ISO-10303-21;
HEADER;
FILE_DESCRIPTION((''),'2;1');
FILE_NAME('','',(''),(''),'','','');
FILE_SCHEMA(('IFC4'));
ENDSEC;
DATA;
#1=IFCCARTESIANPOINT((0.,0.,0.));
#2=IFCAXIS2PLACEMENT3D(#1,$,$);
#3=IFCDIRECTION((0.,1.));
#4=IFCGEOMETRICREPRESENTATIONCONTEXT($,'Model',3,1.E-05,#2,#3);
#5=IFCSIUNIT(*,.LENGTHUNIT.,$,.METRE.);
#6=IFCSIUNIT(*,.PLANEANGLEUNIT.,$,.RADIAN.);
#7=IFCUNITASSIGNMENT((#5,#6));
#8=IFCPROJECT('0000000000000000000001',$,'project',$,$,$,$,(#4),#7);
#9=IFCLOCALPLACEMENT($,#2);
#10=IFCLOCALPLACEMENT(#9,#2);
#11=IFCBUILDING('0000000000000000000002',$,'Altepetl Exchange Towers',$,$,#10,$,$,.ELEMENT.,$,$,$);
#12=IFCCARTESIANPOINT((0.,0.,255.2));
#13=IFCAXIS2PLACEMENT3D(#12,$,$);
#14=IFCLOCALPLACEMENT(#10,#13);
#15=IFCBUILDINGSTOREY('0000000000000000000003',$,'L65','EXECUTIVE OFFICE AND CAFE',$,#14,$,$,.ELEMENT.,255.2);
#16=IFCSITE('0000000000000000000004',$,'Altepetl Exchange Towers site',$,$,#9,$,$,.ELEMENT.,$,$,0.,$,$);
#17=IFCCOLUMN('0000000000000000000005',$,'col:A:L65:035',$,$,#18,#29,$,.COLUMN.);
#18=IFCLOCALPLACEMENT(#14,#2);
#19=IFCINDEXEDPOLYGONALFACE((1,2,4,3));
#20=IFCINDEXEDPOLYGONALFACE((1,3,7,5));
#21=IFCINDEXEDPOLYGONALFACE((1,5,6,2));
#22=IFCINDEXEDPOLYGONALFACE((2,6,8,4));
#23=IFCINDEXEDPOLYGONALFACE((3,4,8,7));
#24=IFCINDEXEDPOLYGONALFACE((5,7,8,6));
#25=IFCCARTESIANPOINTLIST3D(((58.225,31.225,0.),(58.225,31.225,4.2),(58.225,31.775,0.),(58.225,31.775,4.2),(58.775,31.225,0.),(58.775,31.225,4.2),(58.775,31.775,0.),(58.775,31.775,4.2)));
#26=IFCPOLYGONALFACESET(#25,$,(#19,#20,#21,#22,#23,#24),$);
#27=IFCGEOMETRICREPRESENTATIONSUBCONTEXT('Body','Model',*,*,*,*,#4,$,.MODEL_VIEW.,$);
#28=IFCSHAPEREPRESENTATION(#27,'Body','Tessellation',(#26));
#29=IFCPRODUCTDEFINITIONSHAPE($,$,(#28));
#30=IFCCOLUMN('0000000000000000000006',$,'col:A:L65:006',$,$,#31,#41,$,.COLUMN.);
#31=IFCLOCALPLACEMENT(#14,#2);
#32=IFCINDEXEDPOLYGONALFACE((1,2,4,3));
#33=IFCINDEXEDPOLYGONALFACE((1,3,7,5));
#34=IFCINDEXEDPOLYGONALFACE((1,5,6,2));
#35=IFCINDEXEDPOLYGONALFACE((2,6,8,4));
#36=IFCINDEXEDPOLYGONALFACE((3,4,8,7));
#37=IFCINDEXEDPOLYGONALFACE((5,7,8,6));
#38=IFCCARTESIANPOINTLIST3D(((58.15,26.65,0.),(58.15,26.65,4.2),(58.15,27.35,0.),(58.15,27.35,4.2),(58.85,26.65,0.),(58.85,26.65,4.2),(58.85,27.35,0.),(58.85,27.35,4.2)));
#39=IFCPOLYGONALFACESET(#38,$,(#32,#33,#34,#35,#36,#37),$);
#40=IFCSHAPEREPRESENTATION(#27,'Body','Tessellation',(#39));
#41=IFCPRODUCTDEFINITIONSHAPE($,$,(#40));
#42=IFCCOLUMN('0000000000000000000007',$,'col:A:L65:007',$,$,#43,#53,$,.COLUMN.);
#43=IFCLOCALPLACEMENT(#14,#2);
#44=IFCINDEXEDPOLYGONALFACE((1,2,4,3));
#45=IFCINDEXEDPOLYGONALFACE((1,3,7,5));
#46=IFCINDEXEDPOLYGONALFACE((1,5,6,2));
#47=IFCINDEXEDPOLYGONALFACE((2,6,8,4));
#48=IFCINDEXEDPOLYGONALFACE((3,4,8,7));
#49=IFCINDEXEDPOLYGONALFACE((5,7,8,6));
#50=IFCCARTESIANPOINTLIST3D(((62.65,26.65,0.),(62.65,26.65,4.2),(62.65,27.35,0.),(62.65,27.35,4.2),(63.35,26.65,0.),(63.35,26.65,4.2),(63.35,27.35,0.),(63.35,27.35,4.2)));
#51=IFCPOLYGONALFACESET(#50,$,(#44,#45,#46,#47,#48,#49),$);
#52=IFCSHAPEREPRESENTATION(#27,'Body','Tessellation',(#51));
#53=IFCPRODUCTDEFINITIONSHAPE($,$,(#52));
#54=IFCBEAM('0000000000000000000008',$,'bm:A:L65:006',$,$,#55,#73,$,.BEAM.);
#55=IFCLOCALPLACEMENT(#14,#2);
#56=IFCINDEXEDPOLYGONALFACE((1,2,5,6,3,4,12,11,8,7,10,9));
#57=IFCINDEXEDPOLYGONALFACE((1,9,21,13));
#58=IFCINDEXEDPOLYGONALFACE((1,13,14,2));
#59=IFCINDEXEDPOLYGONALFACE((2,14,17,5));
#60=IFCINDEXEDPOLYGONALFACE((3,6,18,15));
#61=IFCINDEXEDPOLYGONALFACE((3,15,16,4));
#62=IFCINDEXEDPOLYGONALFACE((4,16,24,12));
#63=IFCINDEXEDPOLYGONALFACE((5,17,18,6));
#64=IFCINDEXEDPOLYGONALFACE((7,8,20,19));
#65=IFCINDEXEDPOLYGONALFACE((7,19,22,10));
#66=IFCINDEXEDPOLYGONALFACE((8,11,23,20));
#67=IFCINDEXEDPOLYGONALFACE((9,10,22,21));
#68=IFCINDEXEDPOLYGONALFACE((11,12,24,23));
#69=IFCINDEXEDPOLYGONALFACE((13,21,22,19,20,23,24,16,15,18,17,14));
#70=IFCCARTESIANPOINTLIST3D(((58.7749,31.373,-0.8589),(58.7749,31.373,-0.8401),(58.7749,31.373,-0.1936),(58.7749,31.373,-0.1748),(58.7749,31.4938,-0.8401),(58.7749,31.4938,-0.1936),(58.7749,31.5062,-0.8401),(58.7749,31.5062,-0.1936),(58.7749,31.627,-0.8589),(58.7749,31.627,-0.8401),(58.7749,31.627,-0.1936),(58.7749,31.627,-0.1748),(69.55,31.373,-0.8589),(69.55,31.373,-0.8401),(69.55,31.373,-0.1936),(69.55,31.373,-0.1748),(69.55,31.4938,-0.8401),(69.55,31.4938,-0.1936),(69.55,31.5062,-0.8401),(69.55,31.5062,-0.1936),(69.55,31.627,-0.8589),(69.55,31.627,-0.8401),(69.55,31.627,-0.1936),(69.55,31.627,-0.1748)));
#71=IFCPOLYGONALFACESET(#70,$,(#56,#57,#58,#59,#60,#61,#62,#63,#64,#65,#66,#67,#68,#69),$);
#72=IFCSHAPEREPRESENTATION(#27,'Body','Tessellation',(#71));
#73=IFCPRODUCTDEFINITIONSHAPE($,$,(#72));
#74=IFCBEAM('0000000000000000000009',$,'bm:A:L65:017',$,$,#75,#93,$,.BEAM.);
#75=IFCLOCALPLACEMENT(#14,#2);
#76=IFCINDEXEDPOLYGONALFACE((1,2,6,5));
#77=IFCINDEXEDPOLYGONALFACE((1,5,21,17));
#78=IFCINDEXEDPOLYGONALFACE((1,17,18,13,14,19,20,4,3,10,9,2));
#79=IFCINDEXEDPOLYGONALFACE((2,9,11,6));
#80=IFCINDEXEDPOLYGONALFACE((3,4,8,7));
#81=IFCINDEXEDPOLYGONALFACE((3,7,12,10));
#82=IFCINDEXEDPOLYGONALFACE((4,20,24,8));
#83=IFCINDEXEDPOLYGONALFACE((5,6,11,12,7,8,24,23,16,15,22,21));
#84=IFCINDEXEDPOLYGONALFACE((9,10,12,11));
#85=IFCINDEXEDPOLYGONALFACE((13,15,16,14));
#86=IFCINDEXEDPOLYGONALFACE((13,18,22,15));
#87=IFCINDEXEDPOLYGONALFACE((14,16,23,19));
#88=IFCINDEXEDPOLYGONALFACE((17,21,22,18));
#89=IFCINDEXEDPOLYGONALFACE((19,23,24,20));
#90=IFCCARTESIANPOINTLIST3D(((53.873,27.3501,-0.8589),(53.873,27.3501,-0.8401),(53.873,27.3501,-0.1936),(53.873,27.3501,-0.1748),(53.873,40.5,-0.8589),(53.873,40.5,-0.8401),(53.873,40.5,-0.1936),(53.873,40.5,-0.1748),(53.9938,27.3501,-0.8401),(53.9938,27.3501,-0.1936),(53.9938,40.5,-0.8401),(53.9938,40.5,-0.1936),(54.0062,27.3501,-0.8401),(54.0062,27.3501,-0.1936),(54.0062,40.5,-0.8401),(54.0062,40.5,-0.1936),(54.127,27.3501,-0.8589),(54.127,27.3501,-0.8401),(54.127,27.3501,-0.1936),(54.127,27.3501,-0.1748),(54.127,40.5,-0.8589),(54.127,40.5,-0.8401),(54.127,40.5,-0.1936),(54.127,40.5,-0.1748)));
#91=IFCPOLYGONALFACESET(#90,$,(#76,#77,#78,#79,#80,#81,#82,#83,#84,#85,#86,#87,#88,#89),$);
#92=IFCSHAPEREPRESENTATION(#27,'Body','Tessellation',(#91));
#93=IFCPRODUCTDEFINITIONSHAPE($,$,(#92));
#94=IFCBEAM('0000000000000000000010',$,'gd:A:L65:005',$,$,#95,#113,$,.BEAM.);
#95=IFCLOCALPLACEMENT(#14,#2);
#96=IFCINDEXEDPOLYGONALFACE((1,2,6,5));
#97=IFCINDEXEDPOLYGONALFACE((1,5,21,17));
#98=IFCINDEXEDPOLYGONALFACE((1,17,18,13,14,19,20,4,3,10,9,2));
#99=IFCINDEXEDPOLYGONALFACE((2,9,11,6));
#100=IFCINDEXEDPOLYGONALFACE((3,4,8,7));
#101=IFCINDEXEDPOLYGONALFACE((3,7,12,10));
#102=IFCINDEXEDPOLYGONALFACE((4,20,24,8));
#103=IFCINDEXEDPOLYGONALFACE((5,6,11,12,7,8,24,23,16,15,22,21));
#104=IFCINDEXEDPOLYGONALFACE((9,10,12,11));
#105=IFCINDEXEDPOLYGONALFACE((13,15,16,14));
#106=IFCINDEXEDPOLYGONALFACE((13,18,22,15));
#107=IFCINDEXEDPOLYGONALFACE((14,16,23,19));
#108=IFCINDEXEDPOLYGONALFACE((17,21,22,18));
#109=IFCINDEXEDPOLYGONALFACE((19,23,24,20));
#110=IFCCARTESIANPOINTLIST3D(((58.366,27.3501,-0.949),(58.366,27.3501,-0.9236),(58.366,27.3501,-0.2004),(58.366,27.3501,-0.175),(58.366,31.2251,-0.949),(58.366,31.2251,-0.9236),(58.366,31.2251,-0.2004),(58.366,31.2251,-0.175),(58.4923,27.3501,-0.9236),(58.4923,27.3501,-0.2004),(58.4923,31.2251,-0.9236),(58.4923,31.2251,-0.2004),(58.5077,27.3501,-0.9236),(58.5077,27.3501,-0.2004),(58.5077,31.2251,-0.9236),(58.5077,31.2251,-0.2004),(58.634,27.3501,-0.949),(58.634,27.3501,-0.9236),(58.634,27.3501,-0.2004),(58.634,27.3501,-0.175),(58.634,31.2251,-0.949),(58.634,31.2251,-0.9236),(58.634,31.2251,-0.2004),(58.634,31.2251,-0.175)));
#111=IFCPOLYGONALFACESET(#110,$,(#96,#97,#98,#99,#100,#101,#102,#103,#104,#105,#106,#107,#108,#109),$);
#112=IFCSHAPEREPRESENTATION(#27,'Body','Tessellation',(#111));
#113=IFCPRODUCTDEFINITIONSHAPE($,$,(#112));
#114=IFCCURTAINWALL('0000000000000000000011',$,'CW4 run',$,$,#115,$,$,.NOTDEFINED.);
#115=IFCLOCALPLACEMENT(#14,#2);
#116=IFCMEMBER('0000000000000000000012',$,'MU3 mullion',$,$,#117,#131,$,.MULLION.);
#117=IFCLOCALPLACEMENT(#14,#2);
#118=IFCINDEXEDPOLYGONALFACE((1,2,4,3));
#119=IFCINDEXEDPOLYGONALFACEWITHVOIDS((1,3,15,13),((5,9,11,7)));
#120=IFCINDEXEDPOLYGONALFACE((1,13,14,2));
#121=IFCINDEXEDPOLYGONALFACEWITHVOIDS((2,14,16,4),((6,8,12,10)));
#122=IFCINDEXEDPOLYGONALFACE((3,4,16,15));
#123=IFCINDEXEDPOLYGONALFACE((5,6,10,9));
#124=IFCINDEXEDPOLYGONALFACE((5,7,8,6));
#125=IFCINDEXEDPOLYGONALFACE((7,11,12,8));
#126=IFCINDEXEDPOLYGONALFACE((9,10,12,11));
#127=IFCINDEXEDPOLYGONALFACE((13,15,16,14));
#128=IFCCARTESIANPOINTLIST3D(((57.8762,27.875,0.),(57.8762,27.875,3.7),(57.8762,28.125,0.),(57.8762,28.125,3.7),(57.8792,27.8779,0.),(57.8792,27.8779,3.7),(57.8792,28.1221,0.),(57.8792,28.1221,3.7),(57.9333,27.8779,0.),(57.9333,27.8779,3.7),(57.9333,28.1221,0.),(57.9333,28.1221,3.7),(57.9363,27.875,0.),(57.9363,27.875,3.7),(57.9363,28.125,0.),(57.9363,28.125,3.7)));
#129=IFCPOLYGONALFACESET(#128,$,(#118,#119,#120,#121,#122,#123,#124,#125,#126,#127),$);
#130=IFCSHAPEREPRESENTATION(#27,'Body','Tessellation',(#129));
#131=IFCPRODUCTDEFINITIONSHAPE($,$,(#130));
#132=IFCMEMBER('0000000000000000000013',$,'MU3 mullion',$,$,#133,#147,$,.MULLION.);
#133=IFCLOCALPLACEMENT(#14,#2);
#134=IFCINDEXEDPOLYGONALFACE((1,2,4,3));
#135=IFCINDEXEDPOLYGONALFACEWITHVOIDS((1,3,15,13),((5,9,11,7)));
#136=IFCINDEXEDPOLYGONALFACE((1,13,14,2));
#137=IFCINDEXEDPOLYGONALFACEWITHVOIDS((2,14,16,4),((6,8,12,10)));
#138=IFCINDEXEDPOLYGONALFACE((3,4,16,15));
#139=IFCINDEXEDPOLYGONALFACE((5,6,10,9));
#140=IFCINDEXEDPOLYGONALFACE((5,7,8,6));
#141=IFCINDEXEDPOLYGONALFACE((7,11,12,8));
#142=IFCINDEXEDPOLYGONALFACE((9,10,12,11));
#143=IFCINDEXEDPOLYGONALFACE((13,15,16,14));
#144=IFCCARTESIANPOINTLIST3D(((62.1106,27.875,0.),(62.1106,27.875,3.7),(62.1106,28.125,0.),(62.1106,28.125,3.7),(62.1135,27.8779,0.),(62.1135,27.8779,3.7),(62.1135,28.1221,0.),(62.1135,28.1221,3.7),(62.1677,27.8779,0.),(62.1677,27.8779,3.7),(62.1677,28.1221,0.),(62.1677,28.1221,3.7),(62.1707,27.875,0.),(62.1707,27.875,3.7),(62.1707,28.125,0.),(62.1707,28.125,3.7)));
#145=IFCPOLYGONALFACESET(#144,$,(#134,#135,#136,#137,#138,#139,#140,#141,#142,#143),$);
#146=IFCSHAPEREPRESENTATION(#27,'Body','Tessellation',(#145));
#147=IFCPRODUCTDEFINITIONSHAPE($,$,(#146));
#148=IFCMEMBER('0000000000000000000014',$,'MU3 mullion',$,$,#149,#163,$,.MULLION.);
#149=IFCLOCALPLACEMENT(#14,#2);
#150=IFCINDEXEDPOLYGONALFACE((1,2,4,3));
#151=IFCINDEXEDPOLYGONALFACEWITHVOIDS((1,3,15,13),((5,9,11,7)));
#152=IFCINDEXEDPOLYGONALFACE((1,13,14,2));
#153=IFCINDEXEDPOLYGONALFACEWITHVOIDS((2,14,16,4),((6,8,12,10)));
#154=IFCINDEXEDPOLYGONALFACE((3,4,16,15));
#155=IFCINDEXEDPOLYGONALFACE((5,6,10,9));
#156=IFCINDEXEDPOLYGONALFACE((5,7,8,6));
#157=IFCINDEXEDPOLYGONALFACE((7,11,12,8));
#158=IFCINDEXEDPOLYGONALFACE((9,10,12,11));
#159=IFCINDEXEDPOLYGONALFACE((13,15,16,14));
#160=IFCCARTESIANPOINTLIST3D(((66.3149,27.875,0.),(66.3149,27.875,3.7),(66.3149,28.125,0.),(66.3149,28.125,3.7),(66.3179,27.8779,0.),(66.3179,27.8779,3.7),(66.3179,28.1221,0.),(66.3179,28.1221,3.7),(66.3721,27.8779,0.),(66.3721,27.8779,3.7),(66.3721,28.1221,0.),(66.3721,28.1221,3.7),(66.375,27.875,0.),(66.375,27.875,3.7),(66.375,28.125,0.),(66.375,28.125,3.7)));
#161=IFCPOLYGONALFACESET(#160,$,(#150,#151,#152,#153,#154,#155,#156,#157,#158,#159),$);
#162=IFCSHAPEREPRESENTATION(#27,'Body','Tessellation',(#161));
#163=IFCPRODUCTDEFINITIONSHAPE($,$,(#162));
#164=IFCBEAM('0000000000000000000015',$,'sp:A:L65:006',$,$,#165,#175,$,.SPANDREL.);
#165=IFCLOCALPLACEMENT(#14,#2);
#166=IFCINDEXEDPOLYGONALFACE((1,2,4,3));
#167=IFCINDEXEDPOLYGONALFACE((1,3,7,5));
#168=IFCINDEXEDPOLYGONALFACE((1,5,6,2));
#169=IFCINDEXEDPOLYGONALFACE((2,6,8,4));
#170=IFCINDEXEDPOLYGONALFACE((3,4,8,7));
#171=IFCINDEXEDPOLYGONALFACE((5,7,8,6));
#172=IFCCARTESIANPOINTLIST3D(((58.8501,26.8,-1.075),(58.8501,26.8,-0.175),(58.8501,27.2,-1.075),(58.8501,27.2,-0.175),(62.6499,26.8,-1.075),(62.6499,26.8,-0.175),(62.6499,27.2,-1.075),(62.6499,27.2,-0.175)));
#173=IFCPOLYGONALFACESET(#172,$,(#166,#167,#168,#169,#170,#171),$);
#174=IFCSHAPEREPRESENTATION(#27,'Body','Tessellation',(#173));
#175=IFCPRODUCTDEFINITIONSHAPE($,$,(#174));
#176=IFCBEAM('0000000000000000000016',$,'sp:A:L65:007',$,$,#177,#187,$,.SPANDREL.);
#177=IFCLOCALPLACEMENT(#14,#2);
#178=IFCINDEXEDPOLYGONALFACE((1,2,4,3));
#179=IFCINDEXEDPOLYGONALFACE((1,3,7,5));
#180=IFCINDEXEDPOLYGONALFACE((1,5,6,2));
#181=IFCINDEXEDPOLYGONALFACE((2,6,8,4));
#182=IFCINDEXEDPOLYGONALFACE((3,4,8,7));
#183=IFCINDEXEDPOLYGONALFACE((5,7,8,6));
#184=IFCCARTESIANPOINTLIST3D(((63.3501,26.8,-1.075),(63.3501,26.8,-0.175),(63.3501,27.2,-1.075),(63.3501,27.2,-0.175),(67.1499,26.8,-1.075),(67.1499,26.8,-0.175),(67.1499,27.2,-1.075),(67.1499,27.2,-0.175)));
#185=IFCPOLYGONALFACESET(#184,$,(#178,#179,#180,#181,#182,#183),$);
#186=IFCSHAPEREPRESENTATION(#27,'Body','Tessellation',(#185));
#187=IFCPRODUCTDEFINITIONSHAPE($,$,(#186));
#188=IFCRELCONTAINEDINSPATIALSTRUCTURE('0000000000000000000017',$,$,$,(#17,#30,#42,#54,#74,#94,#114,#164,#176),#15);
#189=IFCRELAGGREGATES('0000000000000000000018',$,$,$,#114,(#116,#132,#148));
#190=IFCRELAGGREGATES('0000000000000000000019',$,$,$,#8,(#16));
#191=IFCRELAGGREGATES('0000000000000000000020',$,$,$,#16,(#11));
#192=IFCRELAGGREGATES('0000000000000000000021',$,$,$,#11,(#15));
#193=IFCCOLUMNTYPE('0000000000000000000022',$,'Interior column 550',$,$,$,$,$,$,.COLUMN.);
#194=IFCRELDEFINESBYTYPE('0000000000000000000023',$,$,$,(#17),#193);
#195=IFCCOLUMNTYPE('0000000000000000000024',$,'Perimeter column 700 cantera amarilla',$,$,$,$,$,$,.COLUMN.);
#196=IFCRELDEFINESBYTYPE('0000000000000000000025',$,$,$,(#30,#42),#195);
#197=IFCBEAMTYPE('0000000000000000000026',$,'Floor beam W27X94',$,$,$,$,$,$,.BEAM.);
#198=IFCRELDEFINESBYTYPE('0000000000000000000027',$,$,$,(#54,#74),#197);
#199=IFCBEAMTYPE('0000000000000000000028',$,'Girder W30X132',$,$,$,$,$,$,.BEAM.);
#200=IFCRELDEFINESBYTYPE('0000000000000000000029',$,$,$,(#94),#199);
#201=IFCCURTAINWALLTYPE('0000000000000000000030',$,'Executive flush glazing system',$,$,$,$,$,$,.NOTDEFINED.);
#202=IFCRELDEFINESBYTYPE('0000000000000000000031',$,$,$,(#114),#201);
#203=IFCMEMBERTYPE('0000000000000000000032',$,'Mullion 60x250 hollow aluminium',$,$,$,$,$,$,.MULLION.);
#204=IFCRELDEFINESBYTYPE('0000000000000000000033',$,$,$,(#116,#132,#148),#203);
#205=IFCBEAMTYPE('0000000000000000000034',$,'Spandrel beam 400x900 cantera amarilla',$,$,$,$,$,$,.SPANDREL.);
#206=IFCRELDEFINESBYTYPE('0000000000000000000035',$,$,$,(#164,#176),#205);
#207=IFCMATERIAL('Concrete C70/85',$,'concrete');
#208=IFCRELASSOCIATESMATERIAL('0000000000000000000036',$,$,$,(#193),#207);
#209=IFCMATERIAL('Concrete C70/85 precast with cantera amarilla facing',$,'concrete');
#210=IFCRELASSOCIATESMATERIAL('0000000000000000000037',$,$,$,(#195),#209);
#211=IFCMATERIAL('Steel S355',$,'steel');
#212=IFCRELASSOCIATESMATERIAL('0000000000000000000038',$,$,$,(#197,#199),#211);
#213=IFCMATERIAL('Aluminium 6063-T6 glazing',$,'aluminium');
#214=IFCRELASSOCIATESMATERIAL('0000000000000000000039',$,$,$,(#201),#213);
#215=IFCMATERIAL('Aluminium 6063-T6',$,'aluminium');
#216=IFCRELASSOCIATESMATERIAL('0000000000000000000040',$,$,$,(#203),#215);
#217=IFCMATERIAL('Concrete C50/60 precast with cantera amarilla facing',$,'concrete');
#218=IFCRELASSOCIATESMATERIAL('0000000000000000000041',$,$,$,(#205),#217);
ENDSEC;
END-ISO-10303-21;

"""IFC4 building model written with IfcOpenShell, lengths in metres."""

from ifc_helpers import new_model, si_unit, direction, frame, origin, origin_2d, place, context, subcontext, project, spatial, rectangle, hollow_rectangle, i_section, extrude, material, material_profile, profile_set, type_object, element, aggregate, save


model = new_model("IFC4")

# Units and contexts
model_context = context("Model", 3, precision=1e-05, world=origin(), true_north=direction((0.0, 1.0)))
body_context = subcontext(model_context, "Body", "Model", "MODEL_VIEW")
ifc_project = project(units=[si_unit("LENGTHUNIT", "METRE"), si_unit("PLANEANGLEUNIT", "RADIAN")], contexts=[model_context])

# Site, building, storey
site_placement = place(None, origin())
site = spatial("IfcSite", under=ifc_project, at=site_placement, Name="Altepetl Exchange Towers site", CompositionType="ELEMENT", RefElevation=0.0)
building_placement = place(site_placement, origin())
building = spatial("IfcBuilding", under=site, at=building_placement, Name="Altepetl Exchange Towers", CompositionType="ELEMENT")
storey_placement = place(building_placement, frame((0.0, 0.0, 255.2)))
storey = spatial("IfcBuildingStorey", under=building, at=storey_placement, Name="L65", Description="EXECUTIVE OFFICE AND CAFE", CompositionType="ELEMENT", Elevation=255.2)

# Columns
ifc_material_1 = material(Name="Concrete C70/85", Category="concrete")
ifc_material_profile_1 = material_profile(ifc_material_1, rectangle(XDim=0.55, YDim=0.55, at=origin_2d()), Name="550 x 550")
ifc_profile_set_1 = profile_set([ifc_material_profile_1], Name="Concrete C70/85")
column_type_1 = type_object("IfcColumnType", Name="Interior column 550", PredefinedType="COLUMN", material=ifc_profile_set_1)
column_placement = place(storey_placement, frame((58.5, 31.5, 0.0)))
element("IfcColumn", 1, at=column_placement, inside=storey, type_object=column_type_1, Name="col:A:L65:035", PredefinedType="COLUMN", context=body_context, shape_type="SweptSolid", body=[
    extrude(rectangle(XDim=0.55, YDim=0.55, at=origin_2d()), origin(), (0.0, 0.0, 1.0), 4.2),
])
ifc_material_2 = material(Name="Concrete C70/85 precast with cantera amarilla facing", Category="concrete")
ifc_material_profile_2 = material_profile(ifc_material_2, rectangle(XDim=0.7, YDim=0.7, at=origin_2d()), Name="700 x 700")
ifc_profile_set_2 = profile_set([ifc_material_profile_2], Name="Concrete C70/85 precast with cantera amarilla facing")
column_type_2 = type_object("IfcColumnType", Name="Perimeter column 700 cantera amarilla", PredefinedType="COLUMN", material=ifc_profile_set_2)
for number, where, name in (
    (2, (58.5, 27.0, 0.0), "col:A:L65:006"),
    (3, (63.0, 27.0, 0.0), "col:A:L65:007"),
):
    element("IfcColumn", number, at=place(storey_placement, frame(where)), inside=storey, type_object=column_type_2, Name=name, PredefinedType="COLUMN", context=body_context, shape_type="SweptSolid", body=[
        extrude(rectangle(XDim=0.7, YDim=0.7, at=origin_2d()), origin(), (0.0, 0.0, 1.0), 4.2),
    ])

# Beams
ifc_material_3 = material(Name="Steel S355", Category="steel")
ifc_material_profile_3 = material_profile(ifc_material_3, i_section(OverallWidth=0.2539, OverallDepth=0.6841, WebThickness=0.0125, FlangeThickness=0.0188, at=origin_2d()), Name="W27X94")
ifc_profile_set_3 = profile_set([ifc_material_profile_3], Name="Steel S355")
beam_type_1 = type_object("IfcBeamType", Name="Floor beam W27X94", PredefinedType="BEAM", material=ifc_profile_set_3)
beam_1_placement = place(storey_placement, frame((58.7749, 31.5, -0.5168), z_axis=(1.0, 0.0, 0.0), x_axis=(0.0, 1.0, 0.0)))
element("IfcBeam", 4, at=beam_1_placement, inside=storey, type_object=beam_type_1, Name="bm:A:L65:006", PredefinedType="BEAM", context=body_context, shape_type="SweptSolid", body=[
    extrude(i_section(OverallWidth=0.2539, OverallDepth=0.6841, WebThickness=0.0125, FlangeThickness=0.0188, at=origin_2d()), origin(), (0.0, 0.0, 1.0), 10.7751),
])
beam_2_placement = place(storey_placement, frame((54.0, 27.3501, -0.5168), z_axis=(0.0, 1.0, 0.0), x_axis=(-1.0, 0.0, 0.0)))
element("IfcBeam", 5, at=beam_2_placement, inside=storey, type_object=beam_type_1, Name="bm:A:L65:017", PredefinedType="BEAM", context=body_context, shape_type="SweptSolid", body=[
    extrude(i_section(OverallWidth=0.2539, OverallDepth=0.6841, WebThickness=0.0125, FlangeThickness=0.0188, at=origin_2d()), origin(), (0.0, 0.0, 1.0), 13.1499),
])
ifc_material_profile_4 = material_profile(ifc_material_3, i_section(OverallWidth=0.2681, OverallDepth=0.7739, WebThickness=0.0154, FlangeThickness=0.0254, at=origin_2d()), Name="W30X132")
ifc_profile_set_4 = profile_set([ifc_material_profile_4], Name="Steel S355")
beam_type_2 = type_object("IfcBeamType", Name="Girder W30X132", PredefinedType="BEAM", material=ifc_profile_set_4)
beam_3_placement = place(storey_placement, frame((58.5, 31.2251, -0.562), z_axis=(0.0, -1.0, 0.0), x_axis=(1.0, 0.0, 0.0)))
element("IfcBeam", 6, at=beam_3_placement, inside=storey, type_object=beam_type_2, Name="gd:A:L65:005", PredefinedType="BEAM", context=body_context, shape_type="SweptSolid", body=[
    extrude(i_section(OverallWidth=0.2681, OverallDepth=0.7739, WebThickness=0.0154, FlangeThickness=0.0254, at=origin_2d()), origin(), (0.0, 0.0, 1.0), 3.875),
])

# Curtain wall, members
ifc_material_4 = material(Name="Aluminium 6063-T6 glazing", Category="aluminium")
curtain_wall_type = type_object("IfcCurtainWallType", Name="Executive flush glazing system", PredefinedType="NOTDEFINED", material=ifc_material_4)
curtain_wall_placement = place(storey_placement, origin())
curtain_wall = element("IfcCurtainWall", 7, at=curtain_wall_placement, inside=storey, type_object=curtain_wall_type, Name="CW4 run", PredefinedType="NOTDEFINED")
ifc_material_5 = material(Name="Aluminium 6063-T6", Category="aluminium")
ifc_material_profile_5 = material_profile(ifc_material_5, hollow_rectangle(XDim=0.0601, YDim=0.25, WallThickness=0.0029, at=origin_2d()), Name="Mullion 60x250 hollow aluminium")
ifc_profile_set_5 = profile_set([ifc_material_profile_5], Name="Aluminium 6063-T6")
member_type_1 = type_object("IfcMemberType", Name="Mullion 60x250 hollow aluminium", PredefinedType="MULLION", material=ifc_profile_set_5)
member_1_placement = place(storey_placement, frame((57.9062, 28.0, 0.0)))
member_1 = element("IfcMember", 8, at=member_1_placement, type_object=member_type_1, Name="MU3 mullion", PredefinedType="MULLION", context=body_context, shape_type="SweptSolid", body=[
    extrude(hollow_rectangle(XDim=0.0601, YDim=0.25, WallThickness=0.0029, at=origin_2d()), origin(), (0.0, 0.0, 1.0), 3.7),
])
member_2_placement = place(storey_placement, frame((62.1406, 28.0, 0.0)))
member_2 = element("IfcMember", 9, at=member_2_placement, type_object=member_type_1, Name="MU3 mullion", PredefinedType="MULLION", context=body_context, shape_type="SweptSolid", body=[
    extrude(hollow_rectangle(XDim=0.0601, YDim=0.25, WallThickness=0.0029, at=origin_2d()), origin(), (0.0, 0.0, 1.0), 3.7),
])
member_3_placement = place(storey_placement, frame((66.345, 28.0, 0.0)))
member_3 = element("IfcMember", 10, at=member_3_placement, type_object=member_type_1, Name="MU3 mullion", PredefinedType="MULLION", context=body_context, shape_type="SweptSolid", body=[
    extrude(hollow_rectangle(XDim=0.0601, YDim=0.25, WallThickness=0.0029, at=origin_2d()), origin(), (0.0, 0.0, 1.0), 3.7),
])

# Beams
ifc_material_6 = material(Name="Concrete C50/60 precast with cantera amarilla facing", Category="concrete")
ifc_material_profile_6 = material_profile(ifc_material_6, rectangle(XDim=0.3999, YDim=0.8999, at=origin_2d()), Name="400 x 900")
ifc_profile_set_6 = profile_set([ifc_material_profile_6], Name="Concrete C50/60 precast with cantera amarilla facing")
beam_type_3 = type_object("IfcBeamType", Name="Spandrel beam 400x900 cantera amarilla", PredefinedType="SPANDREL", material=ifc_profile_set_6)
for number, where, z_axis, x_axis, name in (
    (11, (58.8501, 27.0, -0.625), (1.0, 0.0, 0.0), (0.0, 1.0, 0.0), "sp:A:L65:006"),
    (12, (63.3501, 27.0, -0.625), (1.0, 0.0, 0.0), (0.0, 1.0, 0.0), "sp:A:L65:007"),
):
    element("IfcBeam", number, at=place(storey_placement, frame(where, z_axis=z_axis, x_axis=x_axis)), inside=storey, type_object=beam_type_3, Name=name, PredefinedType="SPANDREL", context=body_context, shape_type="SweptSolid", body=[
        extrude(rectangle(XDim=0.3999, YDim=0.8999, at=origin_2d()), origin(), (0.0, 0.0, 1.0), 3.7998),
    ])

aggregate(curtain_wall, [member_1, member_2, member_3])

save(model, "model.ifc")
